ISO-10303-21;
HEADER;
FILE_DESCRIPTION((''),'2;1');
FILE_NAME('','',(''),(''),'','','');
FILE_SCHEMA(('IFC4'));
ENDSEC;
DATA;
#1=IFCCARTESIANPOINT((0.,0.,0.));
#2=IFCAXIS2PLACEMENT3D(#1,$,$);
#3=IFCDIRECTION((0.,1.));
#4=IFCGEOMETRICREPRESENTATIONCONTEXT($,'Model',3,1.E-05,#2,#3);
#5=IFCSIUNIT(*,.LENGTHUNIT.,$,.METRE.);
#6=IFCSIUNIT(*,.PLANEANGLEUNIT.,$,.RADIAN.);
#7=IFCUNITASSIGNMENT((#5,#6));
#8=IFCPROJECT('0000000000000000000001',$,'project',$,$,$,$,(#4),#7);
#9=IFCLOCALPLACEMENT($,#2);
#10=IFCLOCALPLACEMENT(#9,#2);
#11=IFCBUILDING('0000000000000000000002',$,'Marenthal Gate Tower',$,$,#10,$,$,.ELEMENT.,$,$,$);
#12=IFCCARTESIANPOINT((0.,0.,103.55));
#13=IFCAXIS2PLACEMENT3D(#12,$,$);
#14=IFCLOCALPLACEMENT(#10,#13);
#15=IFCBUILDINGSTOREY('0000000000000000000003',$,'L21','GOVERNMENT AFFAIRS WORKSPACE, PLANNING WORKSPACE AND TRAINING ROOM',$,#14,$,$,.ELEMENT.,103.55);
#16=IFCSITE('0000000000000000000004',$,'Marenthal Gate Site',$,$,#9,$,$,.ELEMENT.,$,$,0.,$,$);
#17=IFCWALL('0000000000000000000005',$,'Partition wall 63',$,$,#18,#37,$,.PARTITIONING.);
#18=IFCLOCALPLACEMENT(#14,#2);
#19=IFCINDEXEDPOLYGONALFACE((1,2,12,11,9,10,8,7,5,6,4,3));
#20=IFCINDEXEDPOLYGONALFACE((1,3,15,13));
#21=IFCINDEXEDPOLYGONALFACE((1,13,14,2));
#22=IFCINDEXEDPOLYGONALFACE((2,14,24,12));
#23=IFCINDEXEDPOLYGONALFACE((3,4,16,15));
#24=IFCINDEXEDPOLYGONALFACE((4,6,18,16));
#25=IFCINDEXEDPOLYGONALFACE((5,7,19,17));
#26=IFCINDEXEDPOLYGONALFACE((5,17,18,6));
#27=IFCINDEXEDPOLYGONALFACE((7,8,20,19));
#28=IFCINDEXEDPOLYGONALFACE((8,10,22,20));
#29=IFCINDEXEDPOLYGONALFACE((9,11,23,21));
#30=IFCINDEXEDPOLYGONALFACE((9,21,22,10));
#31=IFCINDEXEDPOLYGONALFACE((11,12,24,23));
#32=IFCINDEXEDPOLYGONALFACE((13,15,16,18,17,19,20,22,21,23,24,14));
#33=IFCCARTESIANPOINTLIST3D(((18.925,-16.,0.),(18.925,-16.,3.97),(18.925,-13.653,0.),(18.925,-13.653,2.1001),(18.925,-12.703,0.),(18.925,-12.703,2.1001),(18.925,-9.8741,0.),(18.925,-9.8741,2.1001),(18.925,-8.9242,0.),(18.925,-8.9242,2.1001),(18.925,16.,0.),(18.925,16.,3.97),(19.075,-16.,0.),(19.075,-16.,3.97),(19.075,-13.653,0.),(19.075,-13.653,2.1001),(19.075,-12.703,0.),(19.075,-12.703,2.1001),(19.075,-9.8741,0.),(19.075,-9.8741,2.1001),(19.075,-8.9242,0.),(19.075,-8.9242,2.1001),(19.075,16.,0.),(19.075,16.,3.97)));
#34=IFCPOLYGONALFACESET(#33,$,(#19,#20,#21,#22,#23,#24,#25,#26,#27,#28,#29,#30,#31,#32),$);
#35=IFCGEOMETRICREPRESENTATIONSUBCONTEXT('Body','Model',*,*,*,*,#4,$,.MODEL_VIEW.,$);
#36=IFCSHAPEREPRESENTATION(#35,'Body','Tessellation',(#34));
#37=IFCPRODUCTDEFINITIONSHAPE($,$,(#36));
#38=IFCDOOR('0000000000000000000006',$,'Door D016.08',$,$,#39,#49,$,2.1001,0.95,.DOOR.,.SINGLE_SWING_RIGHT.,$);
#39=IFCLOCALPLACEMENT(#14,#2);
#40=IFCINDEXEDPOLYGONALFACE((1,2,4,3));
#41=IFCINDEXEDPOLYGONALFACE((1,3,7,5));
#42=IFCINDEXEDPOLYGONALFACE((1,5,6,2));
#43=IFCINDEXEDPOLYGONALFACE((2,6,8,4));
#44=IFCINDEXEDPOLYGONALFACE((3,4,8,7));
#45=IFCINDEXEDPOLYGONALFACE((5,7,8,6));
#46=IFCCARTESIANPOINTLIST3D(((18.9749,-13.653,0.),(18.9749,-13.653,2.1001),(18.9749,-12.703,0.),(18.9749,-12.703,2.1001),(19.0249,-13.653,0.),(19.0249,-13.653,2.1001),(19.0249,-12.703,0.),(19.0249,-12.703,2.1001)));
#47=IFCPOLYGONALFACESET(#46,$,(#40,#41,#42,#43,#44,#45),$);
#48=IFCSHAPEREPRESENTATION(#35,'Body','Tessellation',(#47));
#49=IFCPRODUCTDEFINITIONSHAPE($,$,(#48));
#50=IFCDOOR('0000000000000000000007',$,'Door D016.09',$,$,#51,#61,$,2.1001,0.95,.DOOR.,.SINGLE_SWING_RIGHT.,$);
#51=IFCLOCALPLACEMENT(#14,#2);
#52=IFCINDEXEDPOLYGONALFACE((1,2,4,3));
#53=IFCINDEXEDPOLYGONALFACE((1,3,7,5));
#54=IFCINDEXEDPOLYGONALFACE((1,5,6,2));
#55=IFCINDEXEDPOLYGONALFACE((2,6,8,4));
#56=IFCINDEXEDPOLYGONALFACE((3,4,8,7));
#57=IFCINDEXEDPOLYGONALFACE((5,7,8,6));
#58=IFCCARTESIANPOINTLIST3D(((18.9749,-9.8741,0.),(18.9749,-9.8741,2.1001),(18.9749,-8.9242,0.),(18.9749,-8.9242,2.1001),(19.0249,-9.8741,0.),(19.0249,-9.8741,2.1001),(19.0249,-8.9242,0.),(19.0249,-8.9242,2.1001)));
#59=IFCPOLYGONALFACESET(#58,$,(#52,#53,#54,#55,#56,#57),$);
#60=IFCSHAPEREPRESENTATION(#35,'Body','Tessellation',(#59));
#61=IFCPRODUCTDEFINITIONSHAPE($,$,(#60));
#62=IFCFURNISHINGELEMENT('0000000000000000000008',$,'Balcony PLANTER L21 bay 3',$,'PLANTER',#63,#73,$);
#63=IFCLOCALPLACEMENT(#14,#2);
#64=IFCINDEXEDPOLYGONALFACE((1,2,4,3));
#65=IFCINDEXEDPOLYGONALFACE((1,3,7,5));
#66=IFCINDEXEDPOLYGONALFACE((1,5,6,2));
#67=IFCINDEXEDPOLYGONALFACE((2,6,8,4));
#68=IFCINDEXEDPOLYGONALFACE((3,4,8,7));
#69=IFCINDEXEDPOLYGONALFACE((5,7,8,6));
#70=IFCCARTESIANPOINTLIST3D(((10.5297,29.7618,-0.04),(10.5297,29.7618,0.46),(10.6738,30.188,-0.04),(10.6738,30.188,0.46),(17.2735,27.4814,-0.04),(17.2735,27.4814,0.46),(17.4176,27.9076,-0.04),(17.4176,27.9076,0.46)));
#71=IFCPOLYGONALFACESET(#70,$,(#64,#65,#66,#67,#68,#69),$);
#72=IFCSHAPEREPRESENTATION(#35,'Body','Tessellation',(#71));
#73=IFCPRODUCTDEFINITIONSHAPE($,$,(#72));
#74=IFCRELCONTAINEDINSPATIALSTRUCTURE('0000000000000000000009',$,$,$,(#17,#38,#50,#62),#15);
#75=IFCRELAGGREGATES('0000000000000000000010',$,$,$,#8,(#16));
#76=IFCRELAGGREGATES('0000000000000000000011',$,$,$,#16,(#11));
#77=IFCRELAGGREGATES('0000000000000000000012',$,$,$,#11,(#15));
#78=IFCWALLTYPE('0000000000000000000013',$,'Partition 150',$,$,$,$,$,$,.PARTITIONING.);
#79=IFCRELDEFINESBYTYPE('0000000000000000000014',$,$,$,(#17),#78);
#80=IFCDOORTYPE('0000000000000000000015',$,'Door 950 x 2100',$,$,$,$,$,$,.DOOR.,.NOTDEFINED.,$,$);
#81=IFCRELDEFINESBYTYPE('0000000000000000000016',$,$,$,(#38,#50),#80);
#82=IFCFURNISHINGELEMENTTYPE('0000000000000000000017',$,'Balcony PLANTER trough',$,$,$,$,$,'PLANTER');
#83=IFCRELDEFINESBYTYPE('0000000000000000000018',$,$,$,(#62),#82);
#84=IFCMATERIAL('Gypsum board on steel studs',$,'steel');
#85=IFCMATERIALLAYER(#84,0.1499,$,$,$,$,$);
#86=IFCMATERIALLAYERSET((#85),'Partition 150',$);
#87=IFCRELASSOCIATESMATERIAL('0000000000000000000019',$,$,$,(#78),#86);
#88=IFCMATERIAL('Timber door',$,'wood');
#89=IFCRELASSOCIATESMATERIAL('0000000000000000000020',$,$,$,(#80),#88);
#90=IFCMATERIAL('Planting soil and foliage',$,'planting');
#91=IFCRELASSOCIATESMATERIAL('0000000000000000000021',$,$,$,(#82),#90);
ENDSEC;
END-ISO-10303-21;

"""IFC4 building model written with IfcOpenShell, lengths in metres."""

from ifc_helpers import new_model, si_unit, direction, frame, frame_2d, origin, origin_2d, place, context, subcontext, project, spatial, rectangle, extrude, material, layer, layer_set, type_object, element, fill, save


model = new_model("IFC4")

# Units and contexts
model_context = context("Model", 3, precision=1e-05, world=origin(), true_north=direction((0.0, 1.0)))
body_context = subcontext(model_context, "Body", "Model", "MODEL_VIEW")
ifc_project = project(units=[si_unit("LENGTHUNIT", "METRE"), si_unit("PLANEANGLEUNIT", "RADIAN")], contexts=[model_context])

# Site, building, storey
site_placement = place(None, origin())
site = spatial("IfcSite", under=ifc_project, at=site_placement, Name="Marenthal Gate Site", CompositionType="ELEMENT", RefElevation=0.0)
building_placement = place(site_placement, origin())
building = spatial("IfcBuilding", under=site, at=building_placement, Name="Marenthal Gate Tower", CompositionType="ELEMENT")
storey_placement = place(building_placement, frame((0.0, 0.0, 103.55)))
storey = spatial("IfcBuildingStorey", under=building, at=storey_placement, Name="L21", Description="GOVERNMENT AFFAIRS WORKSPACE, PLANNING WORKSPACE AND TRAINING ROOM", CompositionType="ELEMENT", Elevation=103.55)

# Wall, openings, doors
ifc_material_1 = material(Name="Gypsum board on steel studs", Category="steel")
ifc_layer_1 = layer(ifc_material_1, 0.1499)
ifc_layer_set_1 = layer_set([ifc_layer_1], Name="Partition 150")
wall_type_1 = type_object("IfcWallType", Name="Partition 150", PredefinedType="PARTITIONING", material=ifc_layer_set_1)
wall_1_placement = place(storey_placement, frame((19.0, 16.0, 0.0), z_axis=(0.0, 0.0, 1.0), x_axis=(0.0, -1.0, 0.0)))
wall_1 = element("IfcWall", 1, at=wall_1_placement, inside=storey, type_object=wall_type_1, Name="Partition wall 63", PredefinedType="PARTITIONING", context=body_context, shape_type="SweptSolid", body=[
    extrude(rectangle(XDim=32.0, YDim=0.1499, at=frame_2d((16.0, 0.0))), origin(), (0.0, 0.0, 1.0), 3.97),
])
opening_1_placement = place(wall_1_placement, frame((28.7029, 0.0, 0.0)))
opening_1 = element("IfcOpeningElement", 2, at=opening_1_placement, cuts=wall_1, PredefinedType="OPENING", context=body_context, shape_type="SweptSolid", body=[
    extrude(rectangle(XDim=0.95, YDim=2.1001, at=frame_2d((0.4751, 1.05))), frame((0.0, 0.085, 0.0), z_axis=(0.0, -1.0, 0.0), x_axis=(1.0, 0.0, 0.0)), (0.0, 0.0, 1.0), 0.1699),
])
opening_2_placement = place(wall_1_placement, frame((24.9241, 0.0, 0.0)))
opening_2 = element("IfcOpeningElement", 3, at=opening_2_placement, cuts=wall_1, PredefinedType="OPENING", context=body_context, shape_type="SweptSolid", body=[
    extrude(rectangle(XDim=0.95, YDim=2.1001, at=frame_2d((0.4751, 1.05))), frame((0.0, 0.085, 0.0), z_axis=(0.0, -1.0, 0.0), x_axis=(1.0, 0.0, 0.0)), (0.0, 0.0, 1.0), 0.1699),
])
ifc_material_2 = material(Name="Timber door", Category="wood")
door_type_1 = type_object("IfcDoorType", Name="Door 950 x 2100", OperationType="NOTDEFINED", PredefinedType="DOOR", material=ifc_material_2)
door_1_placement = place(opening_1_placement, origin())
door_1 = element("IfcDoor", 4, at=door_1_placement, inside=storey, type_object=door_type_1, Name="Door D016.08", OperationType="SINGLE_SWING_RIGHT", OverallHeight=2.1001, OverallWidth=0.95, PredefinedType="DOOR", context=body_context, shape_type="SweptSolid", body=[
    extrude(rectangle(XDim=0.95, YDim=2.1001, at=frame_2d((0.4751, 1.05))), frame((0.0, 0.0249, 0.0), z_axis=(0.0, -1.0, 0.0), x_axis=(1.0, 0.0, 0.0)), (0.0, 0.0, 1.0), 0.05),
])
fill(opening_1, door_1)
door_2_placement = place(opening_2_placement, origin())
door_2 = element("IfcDoor", 5, at=door_2_placement, inside=storey, type_object=door_type_1, Name="Door D016.09", OperationType="SINGLE_SWING_RIGHT", OverallHeight=2.1001, OverallWidth=0.95, PredefinedType="DOOR", context=body_context, shape_type="SweptSolid", body=[
    extrude(rectangle(XDim=0.95, YDim=2.1001, at=frame_2d((0.4751, 1.05))), frame((0.0, 0.0249, 0.0), z_axis=(0.0, -1.0, 0.0), x_axis=(1.0, 0.0, 0.0)), (0.0, 0.0, 1.0), 0.05),
])
fill(opening_2, door_2)

# Furnishing element
ifc_material_3 = material(Name="Planting soil and foliage", Category="planting")
furnishing_element_type = type_object("IfcFurnishingElementType", Name="Balcony PLANTER trough", ElementType="PLANTER", material=ifc_material_3)
furnishing_placement = place(storey_placement, frame((13.9736, 28.8347, -0.04), z_axis=(0.0, 0.0, 1.0), x_axis=(-0.947307, 0.320328, 0.0)))
element("IfcFurnishingElement", 6, at=furnishing_placement, inside=storey, type_object=furnishing_element_type, Name="Balcony PLANTER L21 bay 3", ObjectType="PLANTER", context=body_context, shape_type="SweptSolid", body=[
    extrude(rectangle(XDim=7.1189, YDim=0.45, at=origin_2d()), origin(), (0.0, 0.0, 1.0), 0.5),
])

save(model, "model.ifc")
